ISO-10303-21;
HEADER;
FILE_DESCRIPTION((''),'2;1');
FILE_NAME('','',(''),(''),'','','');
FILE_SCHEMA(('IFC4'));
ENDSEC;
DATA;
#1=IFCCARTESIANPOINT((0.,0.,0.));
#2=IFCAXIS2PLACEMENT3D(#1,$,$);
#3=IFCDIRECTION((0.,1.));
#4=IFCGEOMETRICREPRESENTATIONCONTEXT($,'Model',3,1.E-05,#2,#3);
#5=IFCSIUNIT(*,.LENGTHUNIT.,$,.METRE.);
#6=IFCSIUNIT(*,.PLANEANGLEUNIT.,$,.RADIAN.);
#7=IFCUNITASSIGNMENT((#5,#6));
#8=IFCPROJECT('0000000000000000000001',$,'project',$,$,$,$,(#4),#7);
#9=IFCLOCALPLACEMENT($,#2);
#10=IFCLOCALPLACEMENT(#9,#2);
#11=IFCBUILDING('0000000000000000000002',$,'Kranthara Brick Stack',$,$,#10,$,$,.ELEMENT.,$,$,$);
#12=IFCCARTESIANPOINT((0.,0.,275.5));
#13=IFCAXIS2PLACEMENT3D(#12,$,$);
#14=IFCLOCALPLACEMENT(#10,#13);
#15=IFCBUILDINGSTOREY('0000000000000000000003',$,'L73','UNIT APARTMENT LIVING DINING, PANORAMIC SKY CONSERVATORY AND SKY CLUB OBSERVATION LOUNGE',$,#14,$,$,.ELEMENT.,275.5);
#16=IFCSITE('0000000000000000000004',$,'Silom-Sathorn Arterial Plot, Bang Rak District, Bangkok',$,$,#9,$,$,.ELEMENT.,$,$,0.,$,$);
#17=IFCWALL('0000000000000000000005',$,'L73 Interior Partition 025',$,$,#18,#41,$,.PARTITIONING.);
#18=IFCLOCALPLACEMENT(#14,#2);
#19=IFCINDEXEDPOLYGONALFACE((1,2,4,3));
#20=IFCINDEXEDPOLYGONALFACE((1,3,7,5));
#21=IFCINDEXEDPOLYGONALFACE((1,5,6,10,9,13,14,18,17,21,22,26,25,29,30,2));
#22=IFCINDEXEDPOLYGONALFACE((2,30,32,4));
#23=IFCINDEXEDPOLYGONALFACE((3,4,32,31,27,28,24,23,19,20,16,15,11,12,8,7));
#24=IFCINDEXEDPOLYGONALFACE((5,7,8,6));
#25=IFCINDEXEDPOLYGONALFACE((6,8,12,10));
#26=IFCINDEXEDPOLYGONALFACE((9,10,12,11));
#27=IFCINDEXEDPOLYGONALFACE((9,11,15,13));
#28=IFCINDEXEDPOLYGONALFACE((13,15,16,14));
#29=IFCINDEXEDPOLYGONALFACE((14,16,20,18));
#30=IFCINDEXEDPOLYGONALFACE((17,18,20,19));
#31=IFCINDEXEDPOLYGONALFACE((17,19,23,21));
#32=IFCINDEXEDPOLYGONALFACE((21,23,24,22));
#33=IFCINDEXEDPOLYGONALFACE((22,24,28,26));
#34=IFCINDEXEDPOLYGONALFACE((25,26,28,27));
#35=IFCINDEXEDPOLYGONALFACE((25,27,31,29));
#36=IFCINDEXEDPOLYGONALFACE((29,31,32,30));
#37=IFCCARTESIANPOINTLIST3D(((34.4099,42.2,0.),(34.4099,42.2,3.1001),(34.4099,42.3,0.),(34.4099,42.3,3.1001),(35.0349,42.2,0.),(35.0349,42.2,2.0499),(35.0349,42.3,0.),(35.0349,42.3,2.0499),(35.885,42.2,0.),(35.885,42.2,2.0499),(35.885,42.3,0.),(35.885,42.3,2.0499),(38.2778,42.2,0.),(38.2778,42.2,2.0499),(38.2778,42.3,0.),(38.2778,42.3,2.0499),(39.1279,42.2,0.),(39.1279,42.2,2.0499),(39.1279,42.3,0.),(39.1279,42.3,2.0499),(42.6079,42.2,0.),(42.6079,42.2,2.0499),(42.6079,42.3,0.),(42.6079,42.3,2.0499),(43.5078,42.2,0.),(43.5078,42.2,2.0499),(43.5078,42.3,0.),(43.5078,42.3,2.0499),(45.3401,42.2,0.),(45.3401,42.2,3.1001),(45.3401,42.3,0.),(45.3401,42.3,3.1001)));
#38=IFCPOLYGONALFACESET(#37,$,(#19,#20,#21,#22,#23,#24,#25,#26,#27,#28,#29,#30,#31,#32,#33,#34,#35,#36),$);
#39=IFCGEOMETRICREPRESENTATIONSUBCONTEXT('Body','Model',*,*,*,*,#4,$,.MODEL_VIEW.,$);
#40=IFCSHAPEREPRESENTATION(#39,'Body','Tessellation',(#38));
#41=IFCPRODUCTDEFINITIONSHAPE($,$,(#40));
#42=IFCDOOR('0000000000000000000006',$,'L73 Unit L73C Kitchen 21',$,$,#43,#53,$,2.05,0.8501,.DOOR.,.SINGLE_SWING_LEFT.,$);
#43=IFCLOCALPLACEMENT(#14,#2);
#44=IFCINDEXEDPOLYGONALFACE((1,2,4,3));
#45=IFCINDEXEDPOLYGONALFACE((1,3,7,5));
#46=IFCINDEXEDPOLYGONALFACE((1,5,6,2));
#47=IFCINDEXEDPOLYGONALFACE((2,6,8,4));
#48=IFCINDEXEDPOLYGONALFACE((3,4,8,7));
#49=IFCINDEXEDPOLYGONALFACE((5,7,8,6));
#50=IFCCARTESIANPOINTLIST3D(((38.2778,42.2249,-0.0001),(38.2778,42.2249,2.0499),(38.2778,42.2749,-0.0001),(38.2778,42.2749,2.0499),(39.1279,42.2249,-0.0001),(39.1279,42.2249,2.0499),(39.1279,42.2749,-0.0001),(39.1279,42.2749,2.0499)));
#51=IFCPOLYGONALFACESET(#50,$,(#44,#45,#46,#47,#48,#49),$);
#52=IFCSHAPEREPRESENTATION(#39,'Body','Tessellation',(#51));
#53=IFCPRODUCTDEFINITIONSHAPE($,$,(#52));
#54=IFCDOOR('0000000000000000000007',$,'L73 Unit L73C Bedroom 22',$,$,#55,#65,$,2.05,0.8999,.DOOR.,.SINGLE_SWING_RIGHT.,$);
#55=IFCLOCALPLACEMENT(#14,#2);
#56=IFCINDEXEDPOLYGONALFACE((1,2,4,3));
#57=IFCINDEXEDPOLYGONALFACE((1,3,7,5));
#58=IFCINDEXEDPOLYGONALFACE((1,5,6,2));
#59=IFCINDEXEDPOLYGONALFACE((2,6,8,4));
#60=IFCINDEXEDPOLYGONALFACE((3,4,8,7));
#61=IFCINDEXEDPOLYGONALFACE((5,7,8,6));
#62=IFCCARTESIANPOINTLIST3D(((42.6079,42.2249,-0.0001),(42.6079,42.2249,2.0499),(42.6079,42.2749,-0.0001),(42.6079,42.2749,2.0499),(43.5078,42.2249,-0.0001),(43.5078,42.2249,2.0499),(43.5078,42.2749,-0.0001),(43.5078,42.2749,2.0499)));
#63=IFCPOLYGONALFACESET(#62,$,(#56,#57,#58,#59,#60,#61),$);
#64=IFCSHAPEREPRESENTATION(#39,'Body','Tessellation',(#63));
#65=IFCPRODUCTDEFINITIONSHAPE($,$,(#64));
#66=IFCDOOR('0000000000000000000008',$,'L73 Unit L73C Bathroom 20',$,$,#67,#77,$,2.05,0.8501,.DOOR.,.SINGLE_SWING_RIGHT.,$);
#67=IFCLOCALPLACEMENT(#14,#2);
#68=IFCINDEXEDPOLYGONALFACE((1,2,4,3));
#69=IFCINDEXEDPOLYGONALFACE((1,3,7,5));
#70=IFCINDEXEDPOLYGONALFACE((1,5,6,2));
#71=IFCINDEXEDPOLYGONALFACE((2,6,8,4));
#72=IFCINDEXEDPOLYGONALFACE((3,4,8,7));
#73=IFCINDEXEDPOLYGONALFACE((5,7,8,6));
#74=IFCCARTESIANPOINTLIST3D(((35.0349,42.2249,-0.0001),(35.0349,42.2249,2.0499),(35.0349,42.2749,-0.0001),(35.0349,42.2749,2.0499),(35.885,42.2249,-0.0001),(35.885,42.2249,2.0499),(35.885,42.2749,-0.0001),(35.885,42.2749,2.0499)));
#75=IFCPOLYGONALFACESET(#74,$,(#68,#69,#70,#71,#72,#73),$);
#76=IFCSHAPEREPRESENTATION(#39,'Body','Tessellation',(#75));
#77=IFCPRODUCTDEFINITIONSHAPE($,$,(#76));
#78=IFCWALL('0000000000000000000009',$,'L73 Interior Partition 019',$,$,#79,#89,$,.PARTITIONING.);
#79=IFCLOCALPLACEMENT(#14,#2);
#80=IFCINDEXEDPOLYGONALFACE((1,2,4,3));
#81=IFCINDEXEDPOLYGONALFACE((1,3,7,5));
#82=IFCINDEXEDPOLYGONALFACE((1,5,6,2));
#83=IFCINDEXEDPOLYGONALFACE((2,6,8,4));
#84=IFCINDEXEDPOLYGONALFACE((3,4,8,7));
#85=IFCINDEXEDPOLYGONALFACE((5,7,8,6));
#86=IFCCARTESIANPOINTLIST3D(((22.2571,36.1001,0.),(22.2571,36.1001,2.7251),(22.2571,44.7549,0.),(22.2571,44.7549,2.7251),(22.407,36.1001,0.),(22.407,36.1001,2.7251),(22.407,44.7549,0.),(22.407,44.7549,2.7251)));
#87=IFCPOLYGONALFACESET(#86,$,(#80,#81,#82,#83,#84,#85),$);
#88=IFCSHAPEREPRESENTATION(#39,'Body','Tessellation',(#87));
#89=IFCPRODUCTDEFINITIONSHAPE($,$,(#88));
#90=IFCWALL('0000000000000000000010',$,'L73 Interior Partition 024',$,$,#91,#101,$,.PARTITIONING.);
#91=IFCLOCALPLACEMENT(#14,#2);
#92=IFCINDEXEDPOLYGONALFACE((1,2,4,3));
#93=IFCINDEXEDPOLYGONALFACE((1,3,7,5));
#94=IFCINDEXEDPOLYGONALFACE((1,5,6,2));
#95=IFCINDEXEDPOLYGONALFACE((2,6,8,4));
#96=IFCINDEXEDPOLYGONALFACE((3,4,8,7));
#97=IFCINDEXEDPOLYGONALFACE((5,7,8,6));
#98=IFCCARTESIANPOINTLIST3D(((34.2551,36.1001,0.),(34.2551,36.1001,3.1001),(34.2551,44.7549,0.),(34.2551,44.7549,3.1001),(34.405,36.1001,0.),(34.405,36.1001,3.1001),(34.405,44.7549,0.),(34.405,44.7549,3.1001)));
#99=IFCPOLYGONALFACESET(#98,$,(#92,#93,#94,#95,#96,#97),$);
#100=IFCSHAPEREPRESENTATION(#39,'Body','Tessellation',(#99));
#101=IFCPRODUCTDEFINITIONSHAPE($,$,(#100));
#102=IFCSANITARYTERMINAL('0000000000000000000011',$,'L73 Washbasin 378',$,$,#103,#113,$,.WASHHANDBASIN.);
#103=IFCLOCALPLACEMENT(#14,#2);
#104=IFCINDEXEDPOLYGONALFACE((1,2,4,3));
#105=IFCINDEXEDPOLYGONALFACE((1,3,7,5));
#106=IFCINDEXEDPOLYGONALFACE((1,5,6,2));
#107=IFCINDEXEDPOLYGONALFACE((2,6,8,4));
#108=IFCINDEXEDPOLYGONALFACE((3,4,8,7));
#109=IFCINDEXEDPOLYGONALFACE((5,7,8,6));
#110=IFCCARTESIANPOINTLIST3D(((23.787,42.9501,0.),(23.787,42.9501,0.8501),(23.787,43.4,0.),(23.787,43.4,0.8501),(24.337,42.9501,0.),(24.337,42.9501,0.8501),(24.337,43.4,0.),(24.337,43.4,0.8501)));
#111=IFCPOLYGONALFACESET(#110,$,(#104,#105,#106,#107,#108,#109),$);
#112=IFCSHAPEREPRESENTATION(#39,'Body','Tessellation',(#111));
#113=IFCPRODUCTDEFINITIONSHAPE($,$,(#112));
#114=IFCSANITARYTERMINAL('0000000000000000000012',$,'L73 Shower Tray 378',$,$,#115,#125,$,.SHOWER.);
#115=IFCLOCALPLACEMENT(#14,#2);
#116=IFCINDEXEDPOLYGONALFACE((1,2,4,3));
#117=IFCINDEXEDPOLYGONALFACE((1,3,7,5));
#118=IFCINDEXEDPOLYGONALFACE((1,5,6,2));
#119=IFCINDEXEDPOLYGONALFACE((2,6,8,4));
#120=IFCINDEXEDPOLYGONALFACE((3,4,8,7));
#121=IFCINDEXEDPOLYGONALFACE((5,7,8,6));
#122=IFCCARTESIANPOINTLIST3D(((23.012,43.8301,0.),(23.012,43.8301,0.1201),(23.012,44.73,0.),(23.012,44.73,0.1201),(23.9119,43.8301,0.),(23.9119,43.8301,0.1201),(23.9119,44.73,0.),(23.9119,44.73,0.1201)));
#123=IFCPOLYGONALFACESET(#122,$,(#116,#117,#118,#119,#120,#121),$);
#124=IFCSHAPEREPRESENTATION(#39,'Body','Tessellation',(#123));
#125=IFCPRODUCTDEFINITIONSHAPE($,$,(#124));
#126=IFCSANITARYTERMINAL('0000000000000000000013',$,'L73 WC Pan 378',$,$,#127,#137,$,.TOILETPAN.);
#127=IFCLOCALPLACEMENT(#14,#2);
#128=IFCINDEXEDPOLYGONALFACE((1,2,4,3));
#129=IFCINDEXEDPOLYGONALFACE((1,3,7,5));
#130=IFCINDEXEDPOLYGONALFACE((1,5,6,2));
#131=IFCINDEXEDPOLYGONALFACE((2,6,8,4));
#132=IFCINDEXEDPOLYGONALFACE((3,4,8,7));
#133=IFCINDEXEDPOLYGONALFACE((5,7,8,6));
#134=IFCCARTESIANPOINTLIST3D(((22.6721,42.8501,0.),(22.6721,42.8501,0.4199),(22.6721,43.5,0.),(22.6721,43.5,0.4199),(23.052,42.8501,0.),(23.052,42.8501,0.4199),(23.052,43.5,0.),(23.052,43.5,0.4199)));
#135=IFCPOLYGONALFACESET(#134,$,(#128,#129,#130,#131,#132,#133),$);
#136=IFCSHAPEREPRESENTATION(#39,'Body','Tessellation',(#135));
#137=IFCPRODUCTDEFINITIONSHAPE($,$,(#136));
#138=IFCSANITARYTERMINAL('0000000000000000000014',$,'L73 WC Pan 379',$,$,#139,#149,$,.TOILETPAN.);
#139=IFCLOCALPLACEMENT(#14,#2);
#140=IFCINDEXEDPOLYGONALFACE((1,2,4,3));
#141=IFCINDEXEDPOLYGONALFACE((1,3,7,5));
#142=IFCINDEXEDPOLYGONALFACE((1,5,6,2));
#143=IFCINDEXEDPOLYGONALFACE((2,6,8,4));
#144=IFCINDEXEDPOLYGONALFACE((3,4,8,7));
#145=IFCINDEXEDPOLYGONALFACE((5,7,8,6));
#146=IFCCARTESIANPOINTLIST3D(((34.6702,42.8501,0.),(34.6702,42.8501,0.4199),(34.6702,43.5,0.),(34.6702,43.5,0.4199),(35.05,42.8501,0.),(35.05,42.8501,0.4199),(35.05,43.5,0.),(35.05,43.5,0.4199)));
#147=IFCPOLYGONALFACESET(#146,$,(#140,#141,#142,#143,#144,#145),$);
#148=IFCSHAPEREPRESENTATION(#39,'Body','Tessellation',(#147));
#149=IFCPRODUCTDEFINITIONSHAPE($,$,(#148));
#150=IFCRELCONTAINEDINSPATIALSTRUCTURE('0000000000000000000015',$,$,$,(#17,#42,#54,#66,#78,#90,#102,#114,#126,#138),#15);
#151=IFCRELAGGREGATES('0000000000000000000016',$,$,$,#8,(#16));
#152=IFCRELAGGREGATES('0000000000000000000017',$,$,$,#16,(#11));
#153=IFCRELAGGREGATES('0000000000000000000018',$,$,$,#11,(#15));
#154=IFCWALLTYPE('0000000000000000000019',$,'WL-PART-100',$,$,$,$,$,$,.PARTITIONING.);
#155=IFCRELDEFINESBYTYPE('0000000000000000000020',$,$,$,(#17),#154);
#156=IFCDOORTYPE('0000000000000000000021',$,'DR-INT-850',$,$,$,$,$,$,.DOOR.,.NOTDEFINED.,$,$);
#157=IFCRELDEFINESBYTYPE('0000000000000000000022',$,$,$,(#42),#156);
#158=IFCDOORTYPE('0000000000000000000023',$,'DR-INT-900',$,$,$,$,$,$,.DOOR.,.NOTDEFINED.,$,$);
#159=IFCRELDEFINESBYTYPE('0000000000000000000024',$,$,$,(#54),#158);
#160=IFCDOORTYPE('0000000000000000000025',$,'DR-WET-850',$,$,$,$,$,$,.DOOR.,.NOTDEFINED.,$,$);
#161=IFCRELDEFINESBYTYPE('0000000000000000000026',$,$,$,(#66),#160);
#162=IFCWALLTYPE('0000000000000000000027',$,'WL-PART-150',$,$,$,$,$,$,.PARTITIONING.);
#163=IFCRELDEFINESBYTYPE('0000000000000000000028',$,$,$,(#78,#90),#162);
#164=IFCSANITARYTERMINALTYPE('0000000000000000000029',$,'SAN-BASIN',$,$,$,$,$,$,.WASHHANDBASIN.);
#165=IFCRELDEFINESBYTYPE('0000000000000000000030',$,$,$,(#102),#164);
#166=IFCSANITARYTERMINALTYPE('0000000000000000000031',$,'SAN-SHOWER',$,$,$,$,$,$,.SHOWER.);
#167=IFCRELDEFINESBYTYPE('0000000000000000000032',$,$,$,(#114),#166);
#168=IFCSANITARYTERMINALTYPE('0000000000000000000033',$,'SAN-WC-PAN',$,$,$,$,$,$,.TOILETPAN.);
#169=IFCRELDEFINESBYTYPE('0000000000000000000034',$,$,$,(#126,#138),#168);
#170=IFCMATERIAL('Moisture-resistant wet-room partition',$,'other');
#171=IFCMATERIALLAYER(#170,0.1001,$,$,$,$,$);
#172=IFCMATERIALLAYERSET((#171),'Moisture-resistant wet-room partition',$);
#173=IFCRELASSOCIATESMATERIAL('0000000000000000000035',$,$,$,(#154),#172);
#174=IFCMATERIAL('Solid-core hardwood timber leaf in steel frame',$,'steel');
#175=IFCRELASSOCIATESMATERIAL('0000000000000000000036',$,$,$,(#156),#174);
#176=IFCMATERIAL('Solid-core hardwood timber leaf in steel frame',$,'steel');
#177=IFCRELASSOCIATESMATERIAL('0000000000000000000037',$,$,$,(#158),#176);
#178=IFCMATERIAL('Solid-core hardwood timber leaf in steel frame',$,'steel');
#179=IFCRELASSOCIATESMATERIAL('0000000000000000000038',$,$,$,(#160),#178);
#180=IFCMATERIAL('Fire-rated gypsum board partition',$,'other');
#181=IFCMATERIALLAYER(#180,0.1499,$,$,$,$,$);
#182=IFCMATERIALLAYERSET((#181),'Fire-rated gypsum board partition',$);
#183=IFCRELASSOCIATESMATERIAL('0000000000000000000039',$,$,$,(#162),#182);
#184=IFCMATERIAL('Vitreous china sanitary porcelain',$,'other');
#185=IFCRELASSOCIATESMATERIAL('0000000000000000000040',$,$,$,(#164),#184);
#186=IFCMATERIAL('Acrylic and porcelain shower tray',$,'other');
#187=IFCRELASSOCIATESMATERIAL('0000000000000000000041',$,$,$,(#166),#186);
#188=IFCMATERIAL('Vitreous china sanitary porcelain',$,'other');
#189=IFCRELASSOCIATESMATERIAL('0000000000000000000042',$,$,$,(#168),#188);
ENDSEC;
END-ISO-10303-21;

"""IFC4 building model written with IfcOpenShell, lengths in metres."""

from ifc_helpers import new_model, si_unit, direction, frame, frame_2d, origin, origin_2d, place, context, subcontext, project, spatial, rectangle, extrude, material, layer, layer_set, type_object, element, fill, save


model = new_model("IFC4")

# Units and contexts
model_context = context("Model", 3, precision=1e-05, world=origin(), true_north=direction((0.0, 1.0)))
body_context = subcontext(model_context, "Body", "Model", "MODEL_VIEW")
ifc_project = project(units=[si_unit("LENGTHUNIT", "METRE"), si_unit("PLANEANGLEUNIT", "RADIAN")], contexts=[model_context])

# Site, building, storey
site_placement = place(None, origin())
site = spatial("IfcSite", under=ifc_project, at=site_placement, Name="Silom-Sathorn Arterial Plot, Bang Rak District, Bangkok", CompositionType="ELEMENT", RefElevation=0.0)
building_placement = place(site_placement, origin())
building = spatial("IfcBuilding", under=site, at=building_placement, Name="Kranthara Brick Stack", CompositionType="ELEMENT")
storey_placement = place(building_placement, frame((0.0, 0.0, 275.5)))
storey = spatial("IfcBuildingStorey", under=building, at=storey_placement, Name="L73", Description="UNIT APARTMENT LIVING DINING, PANORAMIC SKY CONSERVATORY AND SKY CLUB OBSERVATION LOUNGE", CompositionType="ELEMENT", Elevation=275.5)

# Shared definitions
ifc_material_1 = material(Name="Moisture-resistant wet-room partition", Category="other")
ifc_layer_1 = layer(ifc_material_1, 0.1001)
ifc_layer_set_1 = layer_set([ifc_layer_1], Name="Moisture-resistant wet-room partition")
wall_type_1 = type_object("IfcWallType", Name="WL-PART-100", PredefinedType="PARTITIONING", material=ifc_layer_set_1)
ifc_material_2 = material(Name="Solid-core hardwood timber leaf in steel frame", Category="steel")
door_type_1 = type_object("IfcDoorType", Name="DR-INT-850", OperationType="NOTDEFINED", PredefinedType="DOOR", material=ifc_material_2)
ifc_material_3 = material(Name="Solid-core hardwood timber leaf in steel frame", Category="steel")
door_type_2 = type_object("IfcDoorType", Name="DR-INT-900", OperationType="NOTDEFINED", PredefinedType="DOOR", material=ifc_material_3)
ifc_material_4 = material(Name="Solid-core hardwood timber leaf in steel frame", Category="steel")
door_type_3 = type_object("IfcDoorType", Name="DR-WET-850", OperationType="NOTDEFINED", PredefinedType="DOOR", material=ifc_material_4)

# Wall, openings, doors
wall_1_placement = place(storey_placement, frame((34.4099, 42.25, 0.0), z_axis=(0.0, 0.0, 1.0), x_axis=(1.0, 0.0, 0.0)))
wall_1 = element("IfcWall", 1, at=wall_1_placement, inside=storey, type_object=wall_type_1, Name="L73 Interior Partition 025", PredefinedType="PARTITIONING", context=body_context, shape_type="SweptSolid", body=[
    extrude(rectangle(XDim=10.9302, YDim=0.1001, at=frame_2d((5.4651, 0.0))), origin(), (0.0, 0.0, 1.0), 3.1001),
])
opening_1_placement = place(wall_1_placement, frame((0.625, 0.0, 0.0)))
opening_1 = element("IfcOpeningElement", 2, at=opening_1_placement, cuts=wall_1, PredefinedType="OPENING", context=body_context, shape_type="SweptSolid", body=[
    extrude(rectangle(XDim=0.8501, YDim=2.05, at=frame_2d((0.425, 1.0249))), frame((0.0, 0.0601, 0.0), z_axis=(0.0, -1.0, 0.0), x_axis=(1.0, 0.0, 0.0)), (0.0, 0.0, 1.0), 0.1201),
])
opening_2_placement = place(wall_1_placement, frame((3.8679, 0.0, 0.0)))
opening_2 = element("IfcOpeningElement", 3, at=opening_2_placement, cuts=wall_1, PredefinedType="OPENING", context=body_context, shape_type="SweptSolid", body=[
    extrude(rectangle(XDim=0.8501, YDim=2.05, at=frame_2d((0.425, 1.0249))), frame((0.0, 0.0601, 0.0), z_axis=(0.0, -1.0, 0.0), x_axis=(1.0, 0.0, 0.0)), (0.0, 0.0, 1.0), 0.1201),
])
opening_3_placement = place(wall_1_placement, frame((8.198, 0.0, 0.0)))
opening_3 = element("IfcOpeningElement", 4, at=opening_3_placement, cuts=wall_1, PredefinedType="OPENING", context=body_context, shape_type="SweptSolid", body=[
    extrude(rectangle(XDim=0.8999, YDim=2.05, at=frame_2d((0.45, 1.0249))), frame((0.0, 0.0601, 0.0), z_axis=(0.0, -1.0, 0.0), x_axis=(1.0, 0.0, 0.0)), (0.0, 0.0, 1.0), 0.1201),
])
door_1_placement = place(opening_2_placement, origin())
door_1 = element("IfcDoor", 5, at=door_1_placement, inside=storey, type_object=door_type_1, Name="L73 Unit L73C Kitchen 21", OperationType="SINGLE_SWING_LEFT", OverallHeight=2.05, OverallWidth=0.8501, PredefinedType="DOOR", context=body_context, shape_type="SweptSolid", body=[
    extrude(rectangle(XDim=0.8501, YDim=2.05, at=frame_2d((0.425, 1.0249))), frame((0.0, 0.0249, 0.0), z_axis=(0.0, -1.0, 0.0), x_axis=(1.0, 0.0, 0.0)), (0.0, 0.0, 1.0), 0.05),
])
fill(opening_2, door_1)
door_2_placement = place(opening_3_placement, origin())
door_2 = element("IfcDoor", 6, at=door_2_placement, inside=storey, type_object=door_type_2, Name="L73 Unit L73C Bedroom 22", OperationType="SINGLE_SWING_RIGHT", OverallHeight=2.05, OverallWidth=0.8999, PredefinedType="DOOR", context=body_context, shape_type="SweptSolid", body=[
    extrude(rectangle(XDim=0.8999, YDim=2.05, at=frame_2d((0.45, 1.0249))), frame((0.0, 0.0249, 0.0), z_axis=(0.0, -1.0, 0.0), x_axis=(1.0, 0.0, 0.0)), (0.0, 0.0, 1.0), 0.05),
])
fill(opening_3, door_2)
door_3_placement = place(opening_1_placement, origin())
door_3 = element("IfcDoor", 7, at=door_3_placement, inside=storey, type_object=door_type_3, Name="L73 Unit L73C Bathroom 20", OperationType="SINGLE_SWING_RIGHT", OverallHeight=2.05, OverallWidth=0.8501, PredefinedType="DOOR", context=body_context, shape_type="SweptSolid", body=[
    extrude(rectangle(XDim=0.8501, YDim=2.05, at=frame_2d((0.425, 1.0249))), frame((0.0, 0.0249, 0.0), z_axis=(0.0, -1.0, 0.0), x_axis=(1.0, 0.0, 0.0)), (0.0, 0.0, 1.0), 0.05),
])
fill(opening_1, door_3)

# Walls
ifc_material_5 = material(Name="Fire-rated gypsum board partition", Category="other")
ifc_layer_2 = layer(ifc_material_5, 0.1499)
ifc_layer_set_2 = layer_set([ifc_layer_2], Name="Fire-rated gypsum board partition")
wall_type_2 = type_object("IfcWallType", Name="WL-PART-150", PredefinedType="PARTITIONING", material=ifc_layer_set_2)
wall_2_placement = place(storey_placement, frame((22.332, 36.1001, 0.0), z_axis=(0.0, 0.0, 1.0), x_axis=(0.0, 1.0, 0.0)))
element("IfcWall", 8, at=wall_2_placement, inside=storey, type_object=wall_type_2, Name="L73 Interior Partition 019", PredefinedType="PARTITIONING", context=body_context, shape_type="SweptSolid", body=[
    extrude(rectangle(XDim=8.6548, YDim=0.1499, at=frame_2d((4.3274, 0.0))), origin(), (0.0, 0.0, 1.0), 2.7251),
])
wall_3_placement = place(storey_placement, frame((34.3301, 36.1001, 0.0), z_axis=(0.0, 0.0, 1.0), x_axis=(0.0, 1.0, 0.0)))
element("IfcWall", 9, at=wall_3_placement, inside=storey, type_object=wall_type_2, Name="L73 Interior Partition 024", PredefinedType="PARTITIONING", context=body_context, shape_type="SweptSolid", body=[
    extrude(rectangle(XDim=8.6548, YDim=0.1499, at=frame_2d((4.3274, 0.0))), origin(), (0.0, 0.0, 1.0), 3.1001),
])

# Sanitary terminals
ifc_material_6 = material(Name="Vitreous china sanitary porcelain", Category="other")
sanitary_terminal_type_1 = type_object("IfcSanitaryTerminalType", Name="SAN-BASIN", PredefinedType="WASHHANDBASIN", material=ifc_material_6)
sanitary_terminal_1_placement = place(storey_placement, frame((24.062, 43.175, 0.0), z_axis=(0.0, 0.0, 1.0), x_axis=(1.0, 0.0, 0.0)))
element("IfcSanitaryTerminal", 10, at=sanitary_terminal_1_placement, inside=storey, type_object=sanitary_terminal_type_1, Name="L73 Washbasin 378", PredefinedType="WASHHANDBASIN", context=body_context, shape_type="SweptSolid", body=[
    extrude(rectangle(XDim=0.55, YDim=0.45, at=origin_2d()), origin(), (0.0, 0.0, 1.0), 0.8501),
])
ifc_material_7 = material(Name="Acrylic and porcelain shower tray", Category="other")
sanitary_terminal_type_2 = type_object("IfcSanitaryTerminalType", Name="SAN-SHOWER", PredefinedType="SHOWER", material=ifc_material_7)
sanitary_terminal_2_placement = place(storey_placement, frame((23.4619, 44.28, 0.0), z_axis=(0.0, 0.0, 1.0), x_axis=(1.0, 0.0, 0.0)))
element("IfcSanitaryTerminal", 11, at=sanitary_terminal_2_placement, inside=storey, type_object=sanitary_terminal_type_2, Name="L73 Shower Tray 378", PredefinedType="SHOWER", context=body_context, shape_type="SweptSolid", body=[
    extrude(rectangle(XDim=0.8999, YDim=0.8999, at=origin_2d()), origin(), (0.0, 0.0, 1.0), 0.1201),
])
ifc_material_8 = material(Name="Vitreous china sanitary porcelain", Category="other")
sanitary_terminal_type_3 = type_object("IfcSanitaryTerminalType", Name="SAN-WC-PAN", PredefinedType="TOILETPAN", material=ifc_material_8)
for number, where, z_axis, x_axis, name in (
    (12, (22.8621, 43.175, 0.0), (0.0, 0.0, 1.0), (1.0, 0.0, 0.0), "L73 WC Pan 378"),
    (13, (34.8601, 43.175, 0.0), (0.0, 0.0, 1.0), (1.0, 0.0, 0.0), "L73 WC Pan 379"),
):
    element("IfcSanitaryTerminal", number, at=place(storey_placement, frame(where, z_axis=z_axis, x_axis=x_axis)), inside=storey, type_object=sanitary_terminal_type_3, Name=name, PredefinedType="TOILETPAN", context=body_context, shape_type="SweptSolid", body=[
        extrude(rectangle(XDim=0.3799, YDim=0.6499, at=origin_2d()), origin(), (0.0, 0.0, 1.0), 0.4199),
    ])

save(model, "model.ifc")
